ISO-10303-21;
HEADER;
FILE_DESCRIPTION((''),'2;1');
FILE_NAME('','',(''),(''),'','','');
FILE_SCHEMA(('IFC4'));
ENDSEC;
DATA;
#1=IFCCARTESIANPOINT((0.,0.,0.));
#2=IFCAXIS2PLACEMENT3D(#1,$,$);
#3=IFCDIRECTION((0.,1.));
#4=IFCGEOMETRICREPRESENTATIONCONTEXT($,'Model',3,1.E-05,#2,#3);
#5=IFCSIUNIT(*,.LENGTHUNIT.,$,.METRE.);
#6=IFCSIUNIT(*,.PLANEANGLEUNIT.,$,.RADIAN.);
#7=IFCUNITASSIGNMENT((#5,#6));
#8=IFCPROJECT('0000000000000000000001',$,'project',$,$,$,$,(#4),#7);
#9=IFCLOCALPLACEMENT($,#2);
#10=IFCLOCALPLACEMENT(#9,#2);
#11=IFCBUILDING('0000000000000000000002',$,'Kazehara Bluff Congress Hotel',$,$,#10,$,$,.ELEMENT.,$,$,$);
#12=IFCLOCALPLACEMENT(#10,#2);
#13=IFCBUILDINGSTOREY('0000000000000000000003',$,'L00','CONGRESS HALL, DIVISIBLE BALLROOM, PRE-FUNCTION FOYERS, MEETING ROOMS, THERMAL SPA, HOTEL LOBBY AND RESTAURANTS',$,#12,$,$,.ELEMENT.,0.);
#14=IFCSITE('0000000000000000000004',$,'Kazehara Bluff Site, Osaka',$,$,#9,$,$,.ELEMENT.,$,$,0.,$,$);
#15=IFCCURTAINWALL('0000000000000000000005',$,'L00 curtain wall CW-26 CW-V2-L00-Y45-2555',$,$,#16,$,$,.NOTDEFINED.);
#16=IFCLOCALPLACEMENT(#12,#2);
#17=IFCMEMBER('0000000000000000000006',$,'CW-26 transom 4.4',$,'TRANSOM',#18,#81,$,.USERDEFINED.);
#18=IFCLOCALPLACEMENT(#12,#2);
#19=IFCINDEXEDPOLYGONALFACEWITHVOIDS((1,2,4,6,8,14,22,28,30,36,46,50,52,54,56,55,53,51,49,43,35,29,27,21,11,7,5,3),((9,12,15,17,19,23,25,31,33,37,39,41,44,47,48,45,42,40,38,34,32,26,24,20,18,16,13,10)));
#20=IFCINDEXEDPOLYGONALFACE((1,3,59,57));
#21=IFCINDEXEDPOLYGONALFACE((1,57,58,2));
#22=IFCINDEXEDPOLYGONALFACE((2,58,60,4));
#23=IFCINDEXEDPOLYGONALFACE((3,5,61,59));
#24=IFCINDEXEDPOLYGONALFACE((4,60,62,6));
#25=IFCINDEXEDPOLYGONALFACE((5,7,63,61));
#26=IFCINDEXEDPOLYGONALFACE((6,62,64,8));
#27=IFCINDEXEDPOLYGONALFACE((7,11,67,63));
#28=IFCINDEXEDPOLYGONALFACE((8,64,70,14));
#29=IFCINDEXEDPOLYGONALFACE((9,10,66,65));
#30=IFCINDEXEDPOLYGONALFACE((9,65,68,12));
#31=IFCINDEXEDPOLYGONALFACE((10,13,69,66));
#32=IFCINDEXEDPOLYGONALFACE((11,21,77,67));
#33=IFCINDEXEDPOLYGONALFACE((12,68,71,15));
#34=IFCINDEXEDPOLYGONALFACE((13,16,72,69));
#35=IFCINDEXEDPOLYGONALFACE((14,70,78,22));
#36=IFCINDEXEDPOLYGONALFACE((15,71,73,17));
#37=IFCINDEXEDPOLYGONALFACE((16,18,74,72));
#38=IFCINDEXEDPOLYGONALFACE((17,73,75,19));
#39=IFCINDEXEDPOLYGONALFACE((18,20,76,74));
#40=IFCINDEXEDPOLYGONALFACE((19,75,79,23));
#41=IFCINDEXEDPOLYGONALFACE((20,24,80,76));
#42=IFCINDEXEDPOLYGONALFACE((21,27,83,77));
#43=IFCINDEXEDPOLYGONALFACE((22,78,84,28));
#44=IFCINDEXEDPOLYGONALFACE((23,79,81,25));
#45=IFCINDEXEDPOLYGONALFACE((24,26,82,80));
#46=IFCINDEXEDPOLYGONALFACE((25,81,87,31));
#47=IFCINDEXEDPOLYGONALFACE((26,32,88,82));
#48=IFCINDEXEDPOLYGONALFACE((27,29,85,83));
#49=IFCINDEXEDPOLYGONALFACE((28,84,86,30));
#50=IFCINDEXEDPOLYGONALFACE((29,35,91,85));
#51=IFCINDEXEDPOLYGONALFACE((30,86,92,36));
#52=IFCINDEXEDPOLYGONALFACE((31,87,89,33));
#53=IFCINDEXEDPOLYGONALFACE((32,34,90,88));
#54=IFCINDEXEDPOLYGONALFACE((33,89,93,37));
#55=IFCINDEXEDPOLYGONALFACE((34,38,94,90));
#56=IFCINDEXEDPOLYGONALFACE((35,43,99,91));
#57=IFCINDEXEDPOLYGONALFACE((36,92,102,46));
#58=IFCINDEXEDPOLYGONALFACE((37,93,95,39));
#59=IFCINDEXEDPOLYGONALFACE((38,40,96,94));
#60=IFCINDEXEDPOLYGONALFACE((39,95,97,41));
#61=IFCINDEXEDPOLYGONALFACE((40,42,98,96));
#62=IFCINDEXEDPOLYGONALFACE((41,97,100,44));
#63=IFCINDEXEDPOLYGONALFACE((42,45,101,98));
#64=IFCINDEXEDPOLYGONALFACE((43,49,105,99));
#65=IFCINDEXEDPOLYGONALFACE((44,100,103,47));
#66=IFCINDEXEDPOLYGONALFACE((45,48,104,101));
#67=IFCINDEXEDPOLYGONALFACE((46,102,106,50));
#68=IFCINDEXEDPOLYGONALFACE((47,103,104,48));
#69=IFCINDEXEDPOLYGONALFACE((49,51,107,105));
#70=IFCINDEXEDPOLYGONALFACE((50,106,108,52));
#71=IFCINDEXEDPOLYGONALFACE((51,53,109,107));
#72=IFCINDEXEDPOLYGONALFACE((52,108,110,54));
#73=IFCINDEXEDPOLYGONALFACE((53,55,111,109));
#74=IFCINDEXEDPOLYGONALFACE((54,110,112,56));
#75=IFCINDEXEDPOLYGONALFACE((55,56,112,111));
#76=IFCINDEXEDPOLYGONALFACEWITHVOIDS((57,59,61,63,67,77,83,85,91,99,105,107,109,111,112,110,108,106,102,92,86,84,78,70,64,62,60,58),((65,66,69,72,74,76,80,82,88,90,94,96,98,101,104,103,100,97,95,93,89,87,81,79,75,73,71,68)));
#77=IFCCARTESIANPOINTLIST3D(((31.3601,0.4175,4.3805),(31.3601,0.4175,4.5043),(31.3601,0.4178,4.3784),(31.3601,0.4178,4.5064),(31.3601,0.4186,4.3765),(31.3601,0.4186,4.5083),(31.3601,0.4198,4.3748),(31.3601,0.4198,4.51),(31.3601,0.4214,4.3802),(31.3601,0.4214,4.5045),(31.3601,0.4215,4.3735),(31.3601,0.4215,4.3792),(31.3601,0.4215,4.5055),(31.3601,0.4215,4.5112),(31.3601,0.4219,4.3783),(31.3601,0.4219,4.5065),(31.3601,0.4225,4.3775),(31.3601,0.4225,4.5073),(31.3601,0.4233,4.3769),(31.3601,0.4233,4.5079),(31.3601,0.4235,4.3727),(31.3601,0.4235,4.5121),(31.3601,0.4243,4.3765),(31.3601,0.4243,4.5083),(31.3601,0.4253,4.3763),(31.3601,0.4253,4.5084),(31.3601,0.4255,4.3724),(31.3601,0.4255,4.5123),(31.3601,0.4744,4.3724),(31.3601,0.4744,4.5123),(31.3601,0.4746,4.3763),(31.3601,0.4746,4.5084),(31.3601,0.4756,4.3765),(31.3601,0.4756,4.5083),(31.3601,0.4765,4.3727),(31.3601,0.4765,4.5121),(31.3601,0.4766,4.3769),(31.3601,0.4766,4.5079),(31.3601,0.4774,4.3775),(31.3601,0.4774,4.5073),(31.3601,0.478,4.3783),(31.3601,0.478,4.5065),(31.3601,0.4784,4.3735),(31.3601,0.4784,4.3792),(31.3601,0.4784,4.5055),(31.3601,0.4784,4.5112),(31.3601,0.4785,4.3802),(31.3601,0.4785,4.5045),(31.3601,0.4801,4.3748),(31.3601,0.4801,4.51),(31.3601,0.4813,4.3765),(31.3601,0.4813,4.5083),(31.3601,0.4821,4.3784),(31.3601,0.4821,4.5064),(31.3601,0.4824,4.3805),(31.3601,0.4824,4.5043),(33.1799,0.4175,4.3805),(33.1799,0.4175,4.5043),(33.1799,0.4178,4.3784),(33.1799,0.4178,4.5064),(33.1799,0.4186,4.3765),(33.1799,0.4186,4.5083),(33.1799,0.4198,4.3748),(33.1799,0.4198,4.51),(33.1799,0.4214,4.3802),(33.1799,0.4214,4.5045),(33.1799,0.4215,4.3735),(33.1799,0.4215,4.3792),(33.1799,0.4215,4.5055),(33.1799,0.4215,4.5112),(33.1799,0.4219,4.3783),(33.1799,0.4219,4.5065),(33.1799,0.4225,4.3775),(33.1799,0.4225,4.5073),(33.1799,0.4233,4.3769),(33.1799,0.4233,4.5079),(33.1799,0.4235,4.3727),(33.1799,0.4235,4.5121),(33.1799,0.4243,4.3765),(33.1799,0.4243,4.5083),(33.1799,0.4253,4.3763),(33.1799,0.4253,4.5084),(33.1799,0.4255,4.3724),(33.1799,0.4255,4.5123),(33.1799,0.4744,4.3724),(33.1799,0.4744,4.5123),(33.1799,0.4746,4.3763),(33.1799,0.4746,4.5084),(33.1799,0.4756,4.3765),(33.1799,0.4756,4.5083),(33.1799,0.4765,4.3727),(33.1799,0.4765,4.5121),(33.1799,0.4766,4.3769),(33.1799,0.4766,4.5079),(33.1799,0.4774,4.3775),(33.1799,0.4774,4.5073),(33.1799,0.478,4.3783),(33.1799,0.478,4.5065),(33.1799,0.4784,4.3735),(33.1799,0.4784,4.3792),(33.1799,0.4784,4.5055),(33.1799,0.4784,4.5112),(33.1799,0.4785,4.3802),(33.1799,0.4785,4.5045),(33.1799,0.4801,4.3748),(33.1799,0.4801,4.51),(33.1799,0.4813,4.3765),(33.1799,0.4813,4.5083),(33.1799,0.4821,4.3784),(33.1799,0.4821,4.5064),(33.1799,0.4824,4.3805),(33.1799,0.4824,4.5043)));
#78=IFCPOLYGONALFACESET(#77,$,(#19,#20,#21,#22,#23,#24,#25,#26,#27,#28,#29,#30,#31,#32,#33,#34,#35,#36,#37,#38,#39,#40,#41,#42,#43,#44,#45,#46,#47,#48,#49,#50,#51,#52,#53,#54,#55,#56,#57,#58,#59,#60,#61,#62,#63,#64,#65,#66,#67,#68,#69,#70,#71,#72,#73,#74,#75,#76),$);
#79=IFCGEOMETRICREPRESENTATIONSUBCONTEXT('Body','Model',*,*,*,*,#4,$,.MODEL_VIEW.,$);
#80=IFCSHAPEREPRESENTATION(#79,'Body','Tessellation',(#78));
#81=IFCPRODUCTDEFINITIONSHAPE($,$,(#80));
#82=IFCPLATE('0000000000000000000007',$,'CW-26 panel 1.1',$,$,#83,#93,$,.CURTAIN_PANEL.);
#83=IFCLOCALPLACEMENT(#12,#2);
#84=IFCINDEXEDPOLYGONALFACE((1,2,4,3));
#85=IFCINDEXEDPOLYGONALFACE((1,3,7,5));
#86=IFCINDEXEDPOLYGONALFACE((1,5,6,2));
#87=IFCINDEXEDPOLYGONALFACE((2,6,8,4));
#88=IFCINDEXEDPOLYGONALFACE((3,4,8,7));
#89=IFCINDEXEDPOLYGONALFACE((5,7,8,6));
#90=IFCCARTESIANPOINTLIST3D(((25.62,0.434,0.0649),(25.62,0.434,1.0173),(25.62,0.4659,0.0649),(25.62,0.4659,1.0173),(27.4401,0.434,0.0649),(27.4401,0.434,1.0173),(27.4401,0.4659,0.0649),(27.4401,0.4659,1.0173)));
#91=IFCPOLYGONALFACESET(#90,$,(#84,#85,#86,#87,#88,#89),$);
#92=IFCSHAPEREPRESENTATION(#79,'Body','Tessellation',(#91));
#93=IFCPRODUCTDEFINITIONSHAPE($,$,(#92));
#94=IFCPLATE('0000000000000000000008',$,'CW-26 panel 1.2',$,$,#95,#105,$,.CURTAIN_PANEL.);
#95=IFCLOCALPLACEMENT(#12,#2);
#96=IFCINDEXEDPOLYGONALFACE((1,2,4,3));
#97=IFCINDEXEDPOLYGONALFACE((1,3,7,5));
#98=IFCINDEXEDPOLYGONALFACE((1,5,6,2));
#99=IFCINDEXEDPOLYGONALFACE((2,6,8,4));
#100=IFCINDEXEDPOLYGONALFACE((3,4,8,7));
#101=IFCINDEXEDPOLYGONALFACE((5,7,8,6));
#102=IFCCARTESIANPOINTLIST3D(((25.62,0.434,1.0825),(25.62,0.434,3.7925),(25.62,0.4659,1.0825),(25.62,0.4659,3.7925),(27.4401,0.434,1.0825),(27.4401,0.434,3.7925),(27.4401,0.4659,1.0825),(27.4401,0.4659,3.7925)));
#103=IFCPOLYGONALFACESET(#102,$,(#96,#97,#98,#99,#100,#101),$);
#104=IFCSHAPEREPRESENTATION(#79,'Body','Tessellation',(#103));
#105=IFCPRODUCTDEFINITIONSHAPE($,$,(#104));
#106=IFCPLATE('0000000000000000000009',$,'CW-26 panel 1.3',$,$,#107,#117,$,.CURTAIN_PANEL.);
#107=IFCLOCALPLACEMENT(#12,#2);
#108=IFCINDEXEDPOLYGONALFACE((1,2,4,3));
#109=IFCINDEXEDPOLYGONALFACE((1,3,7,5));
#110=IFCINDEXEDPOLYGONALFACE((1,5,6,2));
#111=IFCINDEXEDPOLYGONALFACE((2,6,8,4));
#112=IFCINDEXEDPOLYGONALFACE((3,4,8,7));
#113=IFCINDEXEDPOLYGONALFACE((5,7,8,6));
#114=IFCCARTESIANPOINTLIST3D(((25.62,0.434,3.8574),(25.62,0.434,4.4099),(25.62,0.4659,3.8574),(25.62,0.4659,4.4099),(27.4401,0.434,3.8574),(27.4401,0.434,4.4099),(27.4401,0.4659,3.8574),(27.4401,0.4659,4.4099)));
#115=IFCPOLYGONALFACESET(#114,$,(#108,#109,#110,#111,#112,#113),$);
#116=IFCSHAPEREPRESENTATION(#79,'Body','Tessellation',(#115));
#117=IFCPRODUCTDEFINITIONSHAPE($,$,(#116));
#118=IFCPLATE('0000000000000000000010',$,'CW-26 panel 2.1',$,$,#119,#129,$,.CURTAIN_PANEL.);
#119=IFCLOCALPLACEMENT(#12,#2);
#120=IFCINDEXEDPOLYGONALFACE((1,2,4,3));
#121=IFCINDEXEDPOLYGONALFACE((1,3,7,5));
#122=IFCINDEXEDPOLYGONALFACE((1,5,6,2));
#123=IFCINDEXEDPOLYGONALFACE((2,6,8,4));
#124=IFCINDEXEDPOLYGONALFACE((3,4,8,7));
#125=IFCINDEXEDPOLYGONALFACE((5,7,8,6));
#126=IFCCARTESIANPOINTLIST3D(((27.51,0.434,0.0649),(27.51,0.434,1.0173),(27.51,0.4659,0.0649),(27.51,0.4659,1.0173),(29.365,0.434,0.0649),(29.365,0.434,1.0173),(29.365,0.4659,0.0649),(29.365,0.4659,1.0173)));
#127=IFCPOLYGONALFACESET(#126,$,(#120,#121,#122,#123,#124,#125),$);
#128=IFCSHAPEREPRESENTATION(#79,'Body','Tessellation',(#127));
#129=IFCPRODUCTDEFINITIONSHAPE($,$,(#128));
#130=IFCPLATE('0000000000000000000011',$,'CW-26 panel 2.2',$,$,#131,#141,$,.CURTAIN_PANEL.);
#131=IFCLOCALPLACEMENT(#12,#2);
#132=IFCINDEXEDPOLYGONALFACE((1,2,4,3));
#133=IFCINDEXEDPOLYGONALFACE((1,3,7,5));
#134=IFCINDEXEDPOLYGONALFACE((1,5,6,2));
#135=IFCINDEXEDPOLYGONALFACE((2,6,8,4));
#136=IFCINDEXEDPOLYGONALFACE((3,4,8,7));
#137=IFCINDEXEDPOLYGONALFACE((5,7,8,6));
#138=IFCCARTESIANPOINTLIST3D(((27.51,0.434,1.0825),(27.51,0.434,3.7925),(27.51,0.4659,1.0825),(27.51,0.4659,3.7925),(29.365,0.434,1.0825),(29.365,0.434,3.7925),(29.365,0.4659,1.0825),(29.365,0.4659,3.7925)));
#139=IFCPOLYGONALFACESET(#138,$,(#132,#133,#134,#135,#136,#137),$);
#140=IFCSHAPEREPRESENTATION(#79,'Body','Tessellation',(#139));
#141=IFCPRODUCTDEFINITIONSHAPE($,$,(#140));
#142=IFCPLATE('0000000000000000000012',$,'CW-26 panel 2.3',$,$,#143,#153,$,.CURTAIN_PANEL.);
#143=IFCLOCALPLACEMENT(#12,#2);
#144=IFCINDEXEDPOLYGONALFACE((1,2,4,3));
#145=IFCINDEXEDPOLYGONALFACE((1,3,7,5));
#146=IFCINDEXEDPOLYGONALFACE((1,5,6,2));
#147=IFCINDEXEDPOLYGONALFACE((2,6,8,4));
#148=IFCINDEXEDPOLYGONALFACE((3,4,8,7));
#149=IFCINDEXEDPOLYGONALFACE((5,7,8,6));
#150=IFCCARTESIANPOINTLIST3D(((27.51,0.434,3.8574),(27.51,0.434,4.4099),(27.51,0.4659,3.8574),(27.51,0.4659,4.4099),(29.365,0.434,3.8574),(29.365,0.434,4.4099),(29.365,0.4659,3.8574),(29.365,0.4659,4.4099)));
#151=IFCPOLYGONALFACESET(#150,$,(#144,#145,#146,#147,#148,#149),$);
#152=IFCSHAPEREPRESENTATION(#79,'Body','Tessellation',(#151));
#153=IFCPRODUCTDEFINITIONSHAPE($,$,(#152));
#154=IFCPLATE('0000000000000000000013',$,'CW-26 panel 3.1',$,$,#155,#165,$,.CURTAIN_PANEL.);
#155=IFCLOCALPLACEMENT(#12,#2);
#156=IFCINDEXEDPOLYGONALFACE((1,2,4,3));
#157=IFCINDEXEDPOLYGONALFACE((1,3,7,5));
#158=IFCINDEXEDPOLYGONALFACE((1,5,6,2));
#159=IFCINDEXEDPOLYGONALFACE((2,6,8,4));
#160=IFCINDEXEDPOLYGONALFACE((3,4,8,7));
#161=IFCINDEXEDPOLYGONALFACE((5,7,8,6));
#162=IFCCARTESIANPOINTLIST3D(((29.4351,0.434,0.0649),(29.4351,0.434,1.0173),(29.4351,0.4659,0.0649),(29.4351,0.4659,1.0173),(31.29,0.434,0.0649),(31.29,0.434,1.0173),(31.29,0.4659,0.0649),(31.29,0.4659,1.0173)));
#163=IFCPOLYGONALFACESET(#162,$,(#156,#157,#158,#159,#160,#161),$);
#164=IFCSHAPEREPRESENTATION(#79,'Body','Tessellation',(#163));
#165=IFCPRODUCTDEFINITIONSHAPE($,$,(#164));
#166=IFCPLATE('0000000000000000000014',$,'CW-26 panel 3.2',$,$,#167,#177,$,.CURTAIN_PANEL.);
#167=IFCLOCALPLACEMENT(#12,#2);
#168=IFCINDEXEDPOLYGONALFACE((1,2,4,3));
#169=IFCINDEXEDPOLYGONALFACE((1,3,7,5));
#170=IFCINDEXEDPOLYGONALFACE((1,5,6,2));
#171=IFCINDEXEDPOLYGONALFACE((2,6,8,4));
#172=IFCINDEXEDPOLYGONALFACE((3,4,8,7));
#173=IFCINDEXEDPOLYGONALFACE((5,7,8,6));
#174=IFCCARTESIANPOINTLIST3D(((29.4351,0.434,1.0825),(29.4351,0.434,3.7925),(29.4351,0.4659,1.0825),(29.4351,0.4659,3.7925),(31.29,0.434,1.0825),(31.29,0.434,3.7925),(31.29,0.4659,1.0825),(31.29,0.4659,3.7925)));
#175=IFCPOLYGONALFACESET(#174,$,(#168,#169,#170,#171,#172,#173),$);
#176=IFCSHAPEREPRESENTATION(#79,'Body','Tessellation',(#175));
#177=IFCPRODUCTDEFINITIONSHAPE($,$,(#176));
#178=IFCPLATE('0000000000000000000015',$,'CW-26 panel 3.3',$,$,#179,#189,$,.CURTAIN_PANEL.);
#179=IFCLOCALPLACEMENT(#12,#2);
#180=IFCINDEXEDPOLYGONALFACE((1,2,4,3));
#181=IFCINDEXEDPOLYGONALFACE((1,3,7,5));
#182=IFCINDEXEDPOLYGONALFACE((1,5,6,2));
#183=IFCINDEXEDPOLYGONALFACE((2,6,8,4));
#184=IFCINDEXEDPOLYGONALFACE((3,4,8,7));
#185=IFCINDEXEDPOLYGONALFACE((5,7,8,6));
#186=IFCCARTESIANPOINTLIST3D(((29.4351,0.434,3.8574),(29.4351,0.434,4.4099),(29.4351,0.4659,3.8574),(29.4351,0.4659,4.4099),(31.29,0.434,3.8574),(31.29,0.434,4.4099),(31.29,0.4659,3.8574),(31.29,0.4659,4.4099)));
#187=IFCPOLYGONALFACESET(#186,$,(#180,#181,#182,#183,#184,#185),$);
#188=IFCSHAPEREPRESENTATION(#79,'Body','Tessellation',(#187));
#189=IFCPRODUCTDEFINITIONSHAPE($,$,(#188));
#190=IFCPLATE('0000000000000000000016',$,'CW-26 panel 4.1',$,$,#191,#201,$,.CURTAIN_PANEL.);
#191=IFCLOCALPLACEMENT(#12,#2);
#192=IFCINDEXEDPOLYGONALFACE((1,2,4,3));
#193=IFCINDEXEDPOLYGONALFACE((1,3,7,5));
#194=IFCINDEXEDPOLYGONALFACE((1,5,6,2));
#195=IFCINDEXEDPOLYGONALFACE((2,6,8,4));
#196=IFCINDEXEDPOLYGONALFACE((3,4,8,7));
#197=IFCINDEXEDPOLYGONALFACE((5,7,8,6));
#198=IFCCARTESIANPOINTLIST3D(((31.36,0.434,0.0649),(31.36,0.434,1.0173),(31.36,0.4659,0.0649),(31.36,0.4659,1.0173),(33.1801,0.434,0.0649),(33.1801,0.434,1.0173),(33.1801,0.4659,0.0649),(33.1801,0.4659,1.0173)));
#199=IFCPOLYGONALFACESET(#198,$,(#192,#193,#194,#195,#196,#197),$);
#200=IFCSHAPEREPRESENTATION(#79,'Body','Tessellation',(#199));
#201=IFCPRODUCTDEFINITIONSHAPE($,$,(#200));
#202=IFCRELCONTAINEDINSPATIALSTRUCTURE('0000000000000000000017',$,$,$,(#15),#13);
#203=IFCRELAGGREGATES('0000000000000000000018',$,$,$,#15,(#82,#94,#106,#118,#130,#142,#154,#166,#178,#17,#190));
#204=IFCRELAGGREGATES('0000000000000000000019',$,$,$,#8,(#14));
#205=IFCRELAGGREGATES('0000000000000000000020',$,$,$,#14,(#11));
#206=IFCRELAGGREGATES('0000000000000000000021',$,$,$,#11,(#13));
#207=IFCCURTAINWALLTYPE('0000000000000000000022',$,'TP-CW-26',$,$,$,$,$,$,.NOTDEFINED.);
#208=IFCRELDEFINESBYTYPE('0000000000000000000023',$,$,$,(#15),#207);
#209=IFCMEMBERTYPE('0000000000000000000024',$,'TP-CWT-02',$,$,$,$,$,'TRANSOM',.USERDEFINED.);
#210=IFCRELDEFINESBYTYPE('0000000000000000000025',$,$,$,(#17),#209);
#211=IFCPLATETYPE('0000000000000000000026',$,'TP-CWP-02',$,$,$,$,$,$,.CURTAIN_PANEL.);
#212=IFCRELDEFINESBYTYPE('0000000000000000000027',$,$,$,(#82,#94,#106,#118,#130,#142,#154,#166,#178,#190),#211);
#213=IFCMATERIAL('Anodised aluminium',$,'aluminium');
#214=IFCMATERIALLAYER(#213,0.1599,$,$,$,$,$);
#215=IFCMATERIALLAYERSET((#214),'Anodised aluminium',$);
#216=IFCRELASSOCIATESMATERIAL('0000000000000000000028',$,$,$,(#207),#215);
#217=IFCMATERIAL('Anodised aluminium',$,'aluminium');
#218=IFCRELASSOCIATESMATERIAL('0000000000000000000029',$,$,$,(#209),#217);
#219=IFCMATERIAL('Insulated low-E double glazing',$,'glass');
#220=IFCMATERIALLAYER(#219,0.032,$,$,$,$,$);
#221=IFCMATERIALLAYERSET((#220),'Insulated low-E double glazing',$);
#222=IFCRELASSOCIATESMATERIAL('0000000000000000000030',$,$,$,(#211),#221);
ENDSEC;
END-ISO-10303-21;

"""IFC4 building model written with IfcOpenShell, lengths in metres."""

from ifc_helpers import new_model, si_unit, direction, frame, origin, origin_2d, place, context, subcontext, project, spatial, rectangle, hollow_rectangle, extrude, material, layer, layer_set, material_profile, profile_set, type_object, element, aggregate, save


model = new_model("IFC4")

# Units and contexts
model_context = context("Model", 3, precision=1e-05, world=origin(), true_north=direction((0.0, 1.0)))
body_context = subcontext(model_context, "Body", "Model", "MODEL_VIEW")
ifc_project = project(units=[si_unit("LENGTHUNIT", "METRE"), si_unit("PLANEANGLEUNIT", "RADIAN")], contexts=[model_context])

# Site, building, storey
site_placement = place(None, origin())
site = spatial("IfcSite", under=ifc_project, at=site_placement, Name="Kazehara Bluff Site, Osaka", CompositionType="ELEMENT", RefElevation=0.0)
building_placement = place(site_placement, origin())
building = spatial("IfcBuilding", under=site, at=building_placement, Name="Kazehara Bluff Congress Hotel", CompositionType="ELEMENT")
storey_placement = place(building_placement, origin())
storey = spatial("IfcBuildingStorey", under=building, at=storey_placement, Name="L00", Description="CONGRESS HALL, DIVISIBLE BALLROOM, PRE-FUNCTION FOYERS, MEETING ROOMS, THERMAL SPA, HOTEL LOBBY AND RESTAURANTS", CompositionType="ELEMENT", Elevation=0.0)

# Curtain wall, member, plates
ifc_material_1 = material(Name="Anodised aluminium", Category="aluminium")
ifc_layer_1 = layer(ifc_material_1, 0.1599)
ifc_layer_set_1 = layer_set([ifc_layer_1], Name="Anodised aluminium")
curtain_wall_type = type_object("IfcCurtainWallType", Name="TP-CW-26", PredefinedType="NOTDEFINED", material=ifc_layer_set_1)
curtain_wall_placement = place(storey_placement, origin())
curtain_wall = element("IfcCurtainWall", 1, at=curtain_wall_placement, inside=storey, type_object=curtain_wall_type, Name="L00 curtain wall CW-26 CW-V2-L00-Y45-2555", PredefinedType="NOTDEFINED")
ifc_material_2 = material(Name="Anodised aluminium", Category="aluminium")
ifc_material_profile_1 = material_profile(ifc_material_2, hollow_rectangle(XDim=0.0649, YDim=0.1399, WallThickness=0.0039, InnerFilletRadius=0.0039, OuterFilletRadius=0.0081, at=origin_2d()))
ifc_profile_set_1 = profile_set([ifc_material_profile_1], Name="Anodised aluminium")
member_type_1 = type_object("IfcMemberType", Name="TP-CWT-02", ElementType="TRANSOM", PredefinedType="USERDEFINED", material=ifc_profile_set_1)
member_1_placement = place(storey_placement, frame((31.3601, 0.45, 4.4424), z_axis=(1.0, 0.0, 0.0), x_axis=(0.0, 1.0, 0.0)))
member_1 = element("IfcMember", 2, at=member_1_placement, type_object=member_type_1, Name="CW-26 transom 4.4", ObjectType="TRANSOM", PredefinedType="USERDEFINED", context=body_context, shape_type="SweptSolid", body=[
    extrude(hollow_rectangle(XDim=0.0649, YDim=0.1399, WallThickness=0.0039, InnerFilletRadius=0.0039, OuterFilletRadius=0.0081, at=origin_2d()), origin(), (0.0, 0.0, 1.0), 1.8198),
])
ifc_material_3 = material(Name="Insulated low-E double glazing", Category="glass")
ifc_layer_2 = layer(ifc_material_3, 0.032)
ifc_layer_set_2 = layer_set([ifc_layer_2], Name="Insulated low-E double glazing")
plate_type = type_object("IfcPlateType", Name="TP-CWP-02", PredefinedType="CURTAIN_PANEL", material=ifc_layer_set_2)
plate_1_placement = place(storey_placement, frame((26.53, 0.45, 0.0649), z_axis=(0.0, 0.0, 1.0), x_axis=(1.0, 0.0, 0.0)))
plate_1 = element("IfcPlate", 3, at=plate_1_placement, type_object=plate_type, Name="CW-26 panel 1.1", PredefinedType="CURTAIN_PANEL", context=body_context, shape_type="SweptSolid", body=[
    extrude(rectangle(XDim=1.8201, YDim=0.032, at=origin_2d()), origin(), (0.0, 0.0, 1.0), 0.9524),
])
plate_2_placement = place(storey_placement, frame((26.53, 0.45, 1.0825), z_axis=(0.0, 0.0, 1.0), x_axis=(1.0, 0.0, 0.0)))
plate_2 = element("IfcPlate", 4, at=plate_2_placement, type_object=plate_type, Name="CW-26 panel 1.2", PredefinedType="CURTAIN_PANEL", context=body_context, shape_type="SweptSolid", body=[
    extrude(rectangle(XDim=1.8201, YDim=0.032, at=origin_2d()), origin(), (0.0, 0.0, 1.0), 2.71),
])
plate_3_placement = place(storey_placement, frame((26.53, 0.45, 3.8574), z_axis=(0.0, 0.0, 1.0), x_axis=(1.0, 0.0, 0.0)))
plate_3 = element("IfcPlate", 5, at=plate_3_placement, type_object=plate_type, Name="CW-26 panel 1.3", PredefinedType="CURTAIN_PANEL", context=body_context, shape_type="SweptSolid", body=[
    extrude(rectangle(XDim=1.8201, YDim=0.032, at=origin_2d()), origin(), (0.0, 0.0, 1.0), 0.5525),
])
plate_4_placement = place(storey_placement, frame((28.4375, 0.45, 0.0649), z_axis=(0.0, 0.0, 1.0), x_axis=(1.0, 0.0, 0.0)))
plate_4 = element("IfcPlate", 6, at=plate_4_placement, type_object=plate_type, Name="CW-26 panel 2.1", PredefinedType="CURTAIN_PANEL", context=body_context, shape_type="SweptSolid", body=[
    extrude(rectangle(XDim=1.855, YDim=0.032, at=origin_2d()), origin(), (0.0, 0.0, 1.0), 0.9524),
])
plate_5_placement = place(storey_placement, frame((28.4375, 0.45, 1.0825), z_axis=(0.0, 0.0, 1.0), x_axis=(1.0, 0.0, 0.0)))
plate_5 = element("IfcPlate", 7, at=plate_5_placement, type_object=plate_type, Name="CW-26 panel 2.2", PredefinedType="CURTAIN_PANEL", context=body_context, shape_type="SweptSolid", body=[
    extrude(rectangle(XDim=1.855, YDim=0.032, at=origin_2d()), origin(), (0.0, 0.0, 1.0), 2.71),
])
plate_6_placement = place(storey_placement, frame((28.4375, 0.45, 3.8574), z_axis=(0.0, 0.0, 1.0), x_axis=(1.0, 0.0, 0.0)))
plate_6 = element("IfcPlate", 8, at=plate_6_placement, type_object=plate_type, Name="CW-26 panel 2.3", PredefinedType="CURTAIN_PANEL", context=body_context, shape_type="SweptSolid", body=[
    extrude(rectangle(XDim=1.855, YDim=0.032, at=origin_2d()), origin(), (0.0, 0.0, 1.0), 0.5525),
])
plate_7_placement = place(storey_placement, frame((30.3625, 0.45, 0.0649), z_axis=(0.0, 0.0, 1.0), x_axis=(1.0, 0.0, 0.0)))
plate_7 = element("IfcPlate", 9, at=plate_7_placement, type_object=plate_type, Name="CW-26 panel 3.1", PredefinedType="CURTAIN_PANEL", context=body_context, shape_type="SweptSolid", body=[
    extrude(rectangle(XDim=1.855, YDim=0.032, at=origin_2d()), origin(), (0.0, 0.0, 1.0), 0.9524),
])
plate_8_placement = place(storey_placement, frame((30.3625, 0.45, 1.0825), z_axis=(0.0, 0.0, 1.0), x_axis=(1.0, 0.0, 0.0)))
plate_8 = element("IfcPlate", 10, at=plate_8_placement, type_object=plate_type, Name="CW-26 panel 3.2", PredefinedType="CURTAIN_PANEL", context=body_context, shape_type="SweptSolid", body=[
    extrude(rectangle(XDim=1.855, YDim=0.032, at=origin_2d()), origin(), (0.0, 0.0, 1.0), 2.71),
])
plate_9_placement = place(storey_placement, frame((30.3625, 0.45, 3.8574), z_axis=(0.0, 0.0, 1.0), x_axis=(1.0, 0.0, 0.0)))
plate_9 = element("IfcPlate", 11, at=plate_9_placement, type_object=plate_type, Name="CW-26 panel 3.3", PredefinedType="CURTAIN_PANEL", context=body_context, shape_type="SweptSolid", body=[
    extrude(rectangle(XDim=1.855, YDim=0.032, at=origin_2d()), origin(), (0.0, 0.0, 1.0), 0.5525),
])
plate_10_placement = place(storey_placement, frame((32.27, 0.45, 0.0649), z_axis=(0.0, 0.0, 1.0), x_axis=(1.0, 0.0, 0.0)))
plate_10 = element("IfcPlate", 12, at=plate_10_placement, type_object=plate_type, Name="CW-26 panel 4.1", PredefinedType="CURTAIN_PANEL", context=body_context, shape_type="SweptSolid", body=[
    extrude(rectangle(XDim=1.8201, YDim=0.032, at=origin_2d()), origin(), (0.0, 0.0, 1.0), 0.9524),
])
aggregate(curtain_wall, [plate_1, plate_2, plate_3, plate_4, plate_5, plate_6, plate_7, plate_8, plate_9, member_1, plate_10])

save(model, "model.ifc")
